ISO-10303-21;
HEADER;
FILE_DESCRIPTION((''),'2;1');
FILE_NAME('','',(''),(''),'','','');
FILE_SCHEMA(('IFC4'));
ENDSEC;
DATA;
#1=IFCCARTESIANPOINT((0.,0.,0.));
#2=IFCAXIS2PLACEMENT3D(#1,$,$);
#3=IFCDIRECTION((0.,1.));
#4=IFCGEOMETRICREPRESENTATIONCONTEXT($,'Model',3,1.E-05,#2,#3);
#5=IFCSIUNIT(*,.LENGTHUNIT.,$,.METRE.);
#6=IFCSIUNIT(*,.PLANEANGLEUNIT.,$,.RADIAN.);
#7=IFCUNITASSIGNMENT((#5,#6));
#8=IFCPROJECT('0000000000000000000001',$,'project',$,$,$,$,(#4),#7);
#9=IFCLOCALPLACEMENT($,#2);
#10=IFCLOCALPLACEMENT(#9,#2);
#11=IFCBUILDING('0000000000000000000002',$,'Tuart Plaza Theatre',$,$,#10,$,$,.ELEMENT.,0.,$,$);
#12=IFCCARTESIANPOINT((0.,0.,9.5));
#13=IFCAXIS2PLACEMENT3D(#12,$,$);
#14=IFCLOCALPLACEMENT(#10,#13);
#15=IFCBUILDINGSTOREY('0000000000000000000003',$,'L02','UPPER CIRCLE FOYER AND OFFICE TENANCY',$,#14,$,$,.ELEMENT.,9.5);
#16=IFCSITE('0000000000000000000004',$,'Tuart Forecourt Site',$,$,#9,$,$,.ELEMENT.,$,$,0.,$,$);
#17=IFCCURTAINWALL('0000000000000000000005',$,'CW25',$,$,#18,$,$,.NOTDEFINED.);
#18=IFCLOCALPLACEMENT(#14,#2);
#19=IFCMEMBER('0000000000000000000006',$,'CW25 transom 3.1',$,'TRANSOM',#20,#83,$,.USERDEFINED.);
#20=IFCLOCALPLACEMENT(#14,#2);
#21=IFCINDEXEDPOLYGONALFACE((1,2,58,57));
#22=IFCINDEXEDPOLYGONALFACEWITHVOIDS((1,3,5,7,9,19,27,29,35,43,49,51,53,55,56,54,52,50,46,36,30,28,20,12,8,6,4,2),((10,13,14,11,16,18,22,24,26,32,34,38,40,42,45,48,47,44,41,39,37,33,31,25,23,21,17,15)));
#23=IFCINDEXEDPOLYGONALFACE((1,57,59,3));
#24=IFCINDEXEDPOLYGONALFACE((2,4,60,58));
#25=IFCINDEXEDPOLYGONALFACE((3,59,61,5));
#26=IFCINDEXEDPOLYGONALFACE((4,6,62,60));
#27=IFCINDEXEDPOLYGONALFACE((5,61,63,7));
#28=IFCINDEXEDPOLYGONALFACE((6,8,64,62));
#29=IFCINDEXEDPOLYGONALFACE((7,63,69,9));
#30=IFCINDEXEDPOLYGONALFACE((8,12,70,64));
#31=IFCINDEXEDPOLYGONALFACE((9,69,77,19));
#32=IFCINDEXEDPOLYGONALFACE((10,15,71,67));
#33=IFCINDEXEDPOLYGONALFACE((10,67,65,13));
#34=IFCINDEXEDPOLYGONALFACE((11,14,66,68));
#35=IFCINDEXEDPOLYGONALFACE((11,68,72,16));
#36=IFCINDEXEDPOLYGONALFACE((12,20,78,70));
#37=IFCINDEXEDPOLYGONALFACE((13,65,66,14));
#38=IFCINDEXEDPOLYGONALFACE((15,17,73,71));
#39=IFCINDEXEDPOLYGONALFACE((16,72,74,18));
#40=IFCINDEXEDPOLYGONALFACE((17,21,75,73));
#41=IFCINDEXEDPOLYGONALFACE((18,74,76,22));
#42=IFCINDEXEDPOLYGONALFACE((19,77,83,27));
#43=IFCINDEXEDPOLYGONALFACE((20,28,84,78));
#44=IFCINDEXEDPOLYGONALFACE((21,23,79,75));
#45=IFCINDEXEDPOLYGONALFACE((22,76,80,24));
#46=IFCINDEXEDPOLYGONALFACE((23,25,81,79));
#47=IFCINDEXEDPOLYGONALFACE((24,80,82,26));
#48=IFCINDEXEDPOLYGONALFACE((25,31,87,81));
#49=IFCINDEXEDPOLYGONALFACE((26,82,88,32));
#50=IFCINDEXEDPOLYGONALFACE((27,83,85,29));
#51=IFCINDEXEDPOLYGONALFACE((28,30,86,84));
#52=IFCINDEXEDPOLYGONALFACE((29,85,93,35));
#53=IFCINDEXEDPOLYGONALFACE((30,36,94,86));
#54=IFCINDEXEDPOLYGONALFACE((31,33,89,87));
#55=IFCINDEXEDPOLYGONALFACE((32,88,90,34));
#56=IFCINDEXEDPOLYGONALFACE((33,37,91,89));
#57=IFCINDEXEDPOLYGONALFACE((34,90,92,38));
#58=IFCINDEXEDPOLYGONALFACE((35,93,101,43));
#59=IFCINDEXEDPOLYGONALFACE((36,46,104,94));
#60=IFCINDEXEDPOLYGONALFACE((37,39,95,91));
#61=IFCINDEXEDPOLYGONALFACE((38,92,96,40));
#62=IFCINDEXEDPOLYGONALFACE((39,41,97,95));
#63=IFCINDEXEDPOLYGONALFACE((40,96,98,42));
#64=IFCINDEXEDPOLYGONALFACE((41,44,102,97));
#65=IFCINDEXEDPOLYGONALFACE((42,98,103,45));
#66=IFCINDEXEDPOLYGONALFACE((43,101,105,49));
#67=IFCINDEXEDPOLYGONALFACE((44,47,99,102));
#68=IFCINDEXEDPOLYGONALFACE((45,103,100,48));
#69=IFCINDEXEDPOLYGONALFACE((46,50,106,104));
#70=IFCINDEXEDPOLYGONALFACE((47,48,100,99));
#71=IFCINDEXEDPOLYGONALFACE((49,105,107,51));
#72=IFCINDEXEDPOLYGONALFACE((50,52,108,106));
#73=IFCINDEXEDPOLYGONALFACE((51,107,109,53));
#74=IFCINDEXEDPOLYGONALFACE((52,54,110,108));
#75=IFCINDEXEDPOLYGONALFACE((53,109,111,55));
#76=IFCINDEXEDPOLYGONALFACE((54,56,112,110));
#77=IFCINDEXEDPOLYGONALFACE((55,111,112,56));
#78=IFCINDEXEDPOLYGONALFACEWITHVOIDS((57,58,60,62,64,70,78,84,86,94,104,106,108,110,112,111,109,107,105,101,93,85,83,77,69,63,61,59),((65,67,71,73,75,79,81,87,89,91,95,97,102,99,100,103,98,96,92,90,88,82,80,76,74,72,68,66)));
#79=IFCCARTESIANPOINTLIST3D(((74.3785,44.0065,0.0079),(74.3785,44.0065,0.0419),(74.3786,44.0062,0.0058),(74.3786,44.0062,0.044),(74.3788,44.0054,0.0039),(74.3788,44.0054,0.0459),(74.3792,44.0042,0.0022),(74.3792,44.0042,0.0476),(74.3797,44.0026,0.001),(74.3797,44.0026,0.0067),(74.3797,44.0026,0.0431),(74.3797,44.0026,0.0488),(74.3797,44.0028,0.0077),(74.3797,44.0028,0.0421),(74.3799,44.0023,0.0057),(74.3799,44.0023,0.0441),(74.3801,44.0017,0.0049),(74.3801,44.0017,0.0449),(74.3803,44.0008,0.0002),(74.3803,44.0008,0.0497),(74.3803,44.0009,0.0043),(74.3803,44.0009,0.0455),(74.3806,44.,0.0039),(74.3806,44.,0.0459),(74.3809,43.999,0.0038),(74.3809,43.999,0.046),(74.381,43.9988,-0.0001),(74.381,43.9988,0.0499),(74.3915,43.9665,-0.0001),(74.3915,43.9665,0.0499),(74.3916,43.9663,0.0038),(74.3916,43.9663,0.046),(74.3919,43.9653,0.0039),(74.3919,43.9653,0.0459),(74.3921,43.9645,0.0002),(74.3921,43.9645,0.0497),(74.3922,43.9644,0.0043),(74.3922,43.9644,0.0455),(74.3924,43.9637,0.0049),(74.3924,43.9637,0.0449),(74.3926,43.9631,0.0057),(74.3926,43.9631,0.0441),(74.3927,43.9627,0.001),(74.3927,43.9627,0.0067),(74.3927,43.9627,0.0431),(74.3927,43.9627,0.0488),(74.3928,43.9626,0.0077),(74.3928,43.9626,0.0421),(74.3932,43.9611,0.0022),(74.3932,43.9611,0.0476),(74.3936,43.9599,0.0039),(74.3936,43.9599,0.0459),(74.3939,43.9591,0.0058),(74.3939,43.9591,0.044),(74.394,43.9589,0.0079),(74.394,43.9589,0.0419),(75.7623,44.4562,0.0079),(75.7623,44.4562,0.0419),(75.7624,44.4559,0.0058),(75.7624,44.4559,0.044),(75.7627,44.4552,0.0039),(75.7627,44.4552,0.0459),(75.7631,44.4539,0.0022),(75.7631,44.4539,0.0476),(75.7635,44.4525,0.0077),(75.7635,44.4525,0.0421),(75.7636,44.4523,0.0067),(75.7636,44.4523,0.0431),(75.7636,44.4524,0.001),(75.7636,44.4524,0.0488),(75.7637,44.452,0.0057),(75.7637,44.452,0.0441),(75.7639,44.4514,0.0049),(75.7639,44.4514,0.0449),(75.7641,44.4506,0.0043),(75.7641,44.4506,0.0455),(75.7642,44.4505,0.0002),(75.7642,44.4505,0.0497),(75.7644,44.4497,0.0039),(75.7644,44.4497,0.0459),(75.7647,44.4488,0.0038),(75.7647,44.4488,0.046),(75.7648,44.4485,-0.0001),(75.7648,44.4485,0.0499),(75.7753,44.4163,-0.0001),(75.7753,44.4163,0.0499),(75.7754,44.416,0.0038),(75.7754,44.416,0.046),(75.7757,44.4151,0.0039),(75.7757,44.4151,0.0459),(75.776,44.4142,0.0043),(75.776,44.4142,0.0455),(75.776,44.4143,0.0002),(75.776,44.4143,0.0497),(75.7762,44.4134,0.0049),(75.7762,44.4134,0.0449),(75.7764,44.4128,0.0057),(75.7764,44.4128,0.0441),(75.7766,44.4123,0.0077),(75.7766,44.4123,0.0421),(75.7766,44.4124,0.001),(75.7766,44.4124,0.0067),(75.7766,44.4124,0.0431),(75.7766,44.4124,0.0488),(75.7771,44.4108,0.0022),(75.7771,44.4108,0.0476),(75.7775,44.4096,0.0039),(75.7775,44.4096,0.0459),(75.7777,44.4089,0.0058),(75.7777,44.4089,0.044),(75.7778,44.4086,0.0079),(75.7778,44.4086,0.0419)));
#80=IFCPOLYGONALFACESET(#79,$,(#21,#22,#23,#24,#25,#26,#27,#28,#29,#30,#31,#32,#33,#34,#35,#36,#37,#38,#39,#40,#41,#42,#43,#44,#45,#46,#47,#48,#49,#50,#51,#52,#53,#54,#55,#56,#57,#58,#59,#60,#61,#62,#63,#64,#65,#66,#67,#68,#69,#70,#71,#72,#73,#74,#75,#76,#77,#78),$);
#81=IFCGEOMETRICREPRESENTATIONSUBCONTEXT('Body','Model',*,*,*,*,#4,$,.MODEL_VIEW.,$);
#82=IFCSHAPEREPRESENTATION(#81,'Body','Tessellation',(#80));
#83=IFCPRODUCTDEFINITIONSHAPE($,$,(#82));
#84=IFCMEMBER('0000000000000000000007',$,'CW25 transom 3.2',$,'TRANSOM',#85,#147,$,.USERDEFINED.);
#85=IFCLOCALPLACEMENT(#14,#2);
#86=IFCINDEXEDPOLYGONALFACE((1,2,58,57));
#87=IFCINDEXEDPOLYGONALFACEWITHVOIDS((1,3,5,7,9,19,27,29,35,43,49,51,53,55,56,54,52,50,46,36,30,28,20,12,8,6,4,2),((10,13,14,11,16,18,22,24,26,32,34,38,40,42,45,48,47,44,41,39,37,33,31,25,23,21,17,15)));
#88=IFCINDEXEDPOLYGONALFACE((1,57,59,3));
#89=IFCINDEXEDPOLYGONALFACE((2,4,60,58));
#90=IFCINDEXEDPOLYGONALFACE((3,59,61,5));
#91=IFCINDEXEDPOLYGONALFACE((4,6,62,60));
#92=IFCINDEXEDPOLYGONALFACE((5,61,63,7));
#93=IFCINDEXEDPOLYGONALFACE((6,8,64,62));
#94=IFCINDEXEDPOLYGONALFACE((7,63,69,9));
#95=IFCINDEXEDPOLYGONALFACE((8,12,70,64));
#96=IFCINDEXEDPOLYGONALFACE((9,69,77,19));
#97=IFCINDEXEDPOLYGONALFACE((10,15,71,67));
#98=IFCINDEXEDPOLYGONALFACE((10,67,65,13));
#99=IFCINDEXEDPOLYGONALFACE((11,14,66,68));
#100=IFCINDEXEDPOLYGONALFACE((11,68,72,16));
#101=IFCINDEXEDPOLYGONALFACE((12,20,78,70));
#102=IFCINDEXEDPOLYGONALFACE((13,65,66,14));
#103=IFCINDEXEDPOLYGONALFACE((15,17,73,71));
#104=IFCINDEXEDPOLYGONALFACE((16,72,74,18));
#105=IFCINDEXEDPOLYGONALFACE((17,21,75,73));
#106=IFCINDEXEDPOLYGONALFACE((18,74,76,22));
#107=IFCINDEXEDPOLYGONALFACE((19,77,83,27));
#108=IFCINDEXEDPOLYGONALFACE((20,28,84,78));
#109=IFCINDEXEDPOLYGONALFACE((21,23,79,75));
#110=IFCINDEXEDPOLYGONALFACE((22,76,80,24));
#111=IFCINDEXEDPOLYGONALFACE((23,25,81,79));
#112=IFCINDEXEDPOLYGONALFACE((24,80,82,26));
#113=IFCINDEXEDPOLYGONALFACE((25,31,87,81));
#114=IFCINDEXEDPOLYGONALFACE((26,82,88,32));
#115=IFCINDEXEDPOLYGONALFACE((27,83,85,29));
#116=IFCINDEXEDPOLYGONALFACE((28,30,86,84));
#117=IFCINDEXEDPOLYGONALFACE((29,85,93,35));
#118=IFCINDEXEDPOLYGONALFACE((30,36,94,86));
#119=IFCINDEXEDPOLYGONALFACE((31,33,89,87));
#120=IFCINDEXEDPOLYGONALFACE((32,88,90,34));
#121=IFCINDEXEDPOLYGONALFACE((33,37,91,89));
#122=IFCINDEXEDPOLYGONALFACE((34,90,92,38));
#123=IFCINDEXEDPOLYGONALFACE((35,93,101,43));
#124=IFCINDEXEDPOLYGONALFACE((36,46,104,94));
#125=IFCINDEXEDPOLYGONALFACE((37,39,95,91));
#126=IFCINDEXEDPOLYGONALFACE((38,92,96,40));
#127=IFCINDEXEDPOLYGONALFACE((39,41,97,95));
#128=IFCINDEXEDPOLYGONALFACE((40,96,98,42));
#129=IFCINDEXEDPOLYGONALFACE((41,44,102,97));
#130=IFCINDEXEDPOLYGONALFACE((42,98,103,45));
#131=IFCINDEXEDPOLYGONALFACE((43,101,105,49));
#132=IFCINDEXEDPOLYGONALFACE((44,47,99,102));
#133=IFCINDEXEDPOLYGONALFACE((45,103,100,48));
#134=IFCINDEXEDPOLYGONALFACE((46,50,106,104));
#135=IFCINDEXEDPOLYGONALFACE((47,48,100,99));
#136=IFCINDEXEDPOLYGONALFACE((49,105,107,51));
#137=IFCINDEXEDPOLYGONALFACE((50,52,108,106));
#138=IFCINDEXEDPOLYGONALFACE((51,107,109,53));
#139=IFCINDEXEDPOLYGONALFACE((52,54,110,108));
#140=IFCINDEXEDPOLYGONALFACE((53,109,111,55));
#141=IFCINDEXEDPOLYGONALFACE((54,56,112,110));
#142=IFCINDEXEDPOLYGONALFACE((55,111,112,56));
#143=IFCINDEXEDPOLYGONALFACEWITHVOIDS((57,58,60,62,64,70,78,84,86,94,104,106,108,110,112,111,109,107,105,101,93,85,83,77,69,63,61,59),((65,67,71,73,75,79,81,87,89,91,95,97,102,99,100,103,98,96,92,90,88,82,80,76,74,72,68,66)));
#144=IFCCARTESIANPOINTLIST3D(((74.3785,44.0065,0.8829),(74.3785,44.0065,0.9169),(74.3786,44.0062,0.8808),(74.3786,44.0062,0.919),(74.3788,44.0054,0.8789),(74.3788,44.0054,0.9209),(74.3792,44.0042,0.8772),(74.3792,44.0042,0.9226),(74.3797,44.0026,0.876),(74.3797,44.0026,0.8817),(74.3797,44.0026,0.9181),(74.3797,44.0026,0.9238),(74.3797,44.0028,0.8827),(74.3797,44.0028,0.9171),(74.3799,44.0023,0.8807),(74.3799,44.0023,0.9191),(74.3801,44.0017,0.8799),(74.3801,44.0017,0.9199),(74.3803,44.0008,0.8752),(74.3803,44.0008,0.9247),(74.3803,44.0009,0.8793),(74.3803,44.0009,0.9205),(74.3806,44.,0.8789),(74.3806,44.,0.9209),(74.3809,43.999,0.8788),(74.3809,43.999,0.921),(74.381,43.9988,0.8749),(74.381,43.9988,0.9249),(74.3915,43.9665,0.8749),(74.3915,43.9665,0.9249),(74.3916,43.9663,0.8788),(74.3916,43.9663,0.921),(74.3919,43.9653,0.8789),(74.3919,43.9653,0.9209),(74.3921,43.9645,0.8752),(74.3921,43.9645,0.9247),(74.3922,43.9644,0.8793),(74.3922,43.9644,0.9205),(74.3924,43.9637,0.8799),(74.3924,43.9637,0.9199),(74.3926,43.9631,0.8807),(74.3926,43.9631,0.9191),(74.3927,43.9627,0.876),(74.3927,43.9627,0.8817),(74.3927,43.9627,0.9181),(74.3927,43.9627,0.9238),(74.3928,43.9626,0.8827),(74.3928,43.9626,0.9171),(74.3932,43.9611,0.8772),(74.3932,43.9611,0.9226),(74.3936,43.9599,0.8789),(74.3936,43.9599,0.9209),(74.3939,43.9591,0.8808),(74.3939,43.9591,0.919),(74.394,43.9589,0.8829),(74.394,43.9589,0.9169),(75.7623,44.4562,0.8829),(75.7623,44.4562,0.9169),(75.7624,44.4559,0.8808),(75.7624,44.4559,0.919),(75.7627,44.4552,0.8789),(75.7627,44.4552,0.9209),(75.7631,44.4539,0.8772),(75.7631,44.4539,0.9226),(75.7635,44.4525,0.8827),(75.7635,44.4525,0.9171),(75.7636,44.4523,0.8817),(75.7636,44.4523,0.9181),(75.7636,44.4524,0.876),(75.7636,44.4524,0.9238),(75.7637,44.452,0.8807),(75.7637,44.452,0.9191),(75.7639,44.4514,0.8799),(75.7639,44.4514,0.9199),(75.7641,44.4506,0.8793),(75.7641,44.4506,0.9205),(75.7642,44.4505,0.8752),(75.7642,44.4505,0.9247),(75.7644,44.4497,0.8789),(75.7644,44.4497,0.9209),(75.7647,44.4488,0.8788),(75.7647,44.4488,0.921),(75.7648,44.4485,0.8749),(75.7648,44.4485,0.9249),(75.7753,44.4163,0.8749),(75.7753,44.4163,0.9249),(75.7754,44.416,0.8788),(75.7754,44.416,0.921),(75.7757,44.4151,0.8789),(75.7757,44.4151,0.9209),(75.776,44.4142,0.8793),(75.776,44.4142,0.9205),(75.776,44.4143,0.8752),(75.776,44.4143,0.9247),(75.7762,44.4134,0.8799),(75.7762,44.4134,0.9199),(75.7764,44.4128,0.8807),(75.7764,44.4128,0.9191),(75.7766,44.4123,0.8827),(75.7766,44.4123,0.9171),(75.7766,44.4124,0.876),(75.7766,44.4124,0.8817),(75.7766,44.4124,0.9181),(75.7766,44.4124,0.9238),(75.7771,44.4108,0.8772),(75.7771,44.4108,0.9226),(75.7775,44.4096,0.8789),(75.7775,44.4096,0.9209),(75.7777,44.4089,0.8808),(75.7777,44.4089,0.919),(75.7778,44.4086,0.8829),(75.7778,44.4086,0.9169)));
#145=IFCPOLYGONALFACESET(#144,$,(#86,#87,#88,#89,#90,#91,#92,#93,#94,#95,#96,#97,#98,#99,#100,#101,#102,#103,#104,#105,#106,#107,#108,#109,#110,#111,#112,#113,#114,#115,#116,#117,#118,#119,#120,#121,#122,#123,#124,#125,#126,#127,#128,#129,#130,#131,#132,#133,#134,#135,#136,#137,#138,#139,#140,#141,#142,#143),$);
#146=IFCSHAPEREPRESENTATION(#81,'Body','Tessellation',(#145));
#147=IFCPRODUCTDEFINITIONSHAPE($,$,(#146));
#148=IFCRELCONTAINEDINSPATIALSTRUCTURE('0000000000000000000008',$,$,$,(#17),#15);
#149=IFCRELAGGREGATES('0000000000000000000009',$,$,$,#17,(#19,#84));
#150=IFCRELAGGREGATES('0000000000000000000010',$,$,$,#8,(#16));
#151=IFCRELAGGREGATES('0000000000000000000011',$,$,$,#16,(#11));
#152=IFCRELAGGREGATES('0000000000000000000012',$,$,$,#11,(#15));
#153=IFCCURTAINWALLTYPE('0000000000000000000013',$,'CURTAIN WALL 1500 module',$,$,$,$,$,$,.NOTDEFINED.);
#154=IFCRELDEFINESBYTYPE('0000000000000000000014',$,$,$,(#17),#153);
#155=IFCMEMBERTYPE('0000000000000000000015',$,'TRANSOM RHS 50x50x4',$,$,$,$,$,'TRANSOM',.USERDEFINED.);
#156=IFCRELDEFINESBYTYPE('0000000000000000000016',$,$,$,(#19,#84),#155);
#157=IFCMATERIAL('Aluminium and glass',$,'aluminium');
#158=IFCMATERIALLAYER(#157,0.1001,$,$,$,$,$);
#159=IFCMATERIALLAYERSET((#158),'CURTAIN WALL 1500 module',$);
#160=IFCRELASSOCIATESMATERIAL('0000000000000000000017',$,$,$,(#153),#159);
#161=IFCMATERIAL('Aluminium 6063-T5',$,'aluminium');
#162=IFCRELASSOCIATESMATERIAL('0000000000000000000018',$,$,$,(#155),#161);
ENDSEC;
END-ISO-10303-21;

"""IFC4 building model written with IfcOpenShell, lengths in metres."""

from ifc_helpers import new_model, si_unit, direction, frame, origin, origin_2d, place, context, subcontext, project, spatial, hollow_rectangle, extrude, material, layer, layer_set, material_profile, profile_set, type_object, element, aggregate, save


model = new_model("IFC4")

# Units and contexts
model_context = context("Model", 3, precision=1e-05, world=origin(), true_north=direction((0.0, 1.0)))
body_context = subcontext(model_context, "Body", "Model", "MODEL_VIEW")
ifc_project = project(units=[si_unit("LENGTHUNIT", "METRE"), si_unit("PLANEANGLEUNIT", "RADIAN")], contexts=[model_context])

# Site, building, storey
site_placement = place(None, origin())
site = spatial("IfcSite", under=ifc_project, at=site_placement, Name="Tuart Forecourt Site", CompositionType="ELEMENT", RefElevation=0.0)
building_placement = place(site_placement, origin())
building = spatial("IfcBuilding", under=site, at=building_placement, Name="Tuart Plaza Theatre", CompositionType="ELEMENT", ElevationOfRefHeight=0.0)
storey_placement = place(building_placement, frame((0.0, 0.0, 9.5)))
storey = spatial("IfcBuildingStorey", under=building, at=storey_placement, Name="L02", Description="UPPER CIRCLE FOYER AND OFFICE TENANCY", CompositionType="ELEMENT", Elevation=9.5)

# Curtain wall, members
ifc_material_1 = material(Name="Aluminium and glass", Category="aluminium")
ifc_layer_1 = layer(ifc_material_1, 0.1001)
ifc_layer_set_1 = layer_set([ifc_layer_1], Name="CURTAIN WALL 1500 module")
curtain_wall_type = type_object("IfcCurtainWallType", Name="CURTAIN WALL 1500 module", PredefinedType="NOTDEFINED", material=ifc_layer_set_1)
curtain_wall_placement = place(storey_placement, origin())
curtain_wall = element("IfcCurtainWall", 1, at=curtain_wall_placement, inside=storey, type_object=curtain_wall_type, Name="CW25", PredefinedType="NOTDEFINED")
ifc_material_2 = material(Name="Aluminium 6063-T5", Category="aluminium")
ifc_material_profile_1 = material_profile(ifc_material_2, hollow_rectangle(XDim=0.05, YDim=0.05, WallThickness=0.0039, InnerFilletRadius=0.0039, OuterFilletRadius=0.0081, at=origin_2d()), Name="RHS 50x50x4")
ifc_profile_set_1 = profile_set([ifc_material_profile_1], Name="Aluminium 6063-T5")
member_type_1 = type_object("IfcMemberType", Name="TRANSOM RHS 50x50x4", ElementType="TRANSOM", PredefinedType="USERDEFINED", material=ifc_profile_set_1)
member_1_placement = place(storey_placement, frame((74.3862, 43.9827, 0.0249), z_axis=(0.951039, 0.309071, 0.0), x_axis=(-0.309071, 0.951039, 0.0)))
member_1 = element("IfcMember", 2, at=member_1_placement, type_object=member_type_1, Name="CW25 transom 3.1", ObjectType="TRANSOM", PredefinedType="USERDEFINED", context=body_context, shape_type="SweptSolid", body=[
    extrude(hollow_rectangle(XDim=0.05, YDim=0.05, WallThickness=0.0039, InnerFilletRadius=0.0039, OuterFilletRadius=0.0081, at=origin_2d()), origin(), (0.0, 0.0, 1.0), 1.4551),
])
member_2_placement = place(storey_placement, frame((74.3862, 43.9827, 0.8999), z_axis=(0.951039, 0.309071, 0.0), x_axis=(-0.309071, 0.951039, 0.0)))
member_2 = element("IfcMember", 3, at=member_2_placement, type_object=member_type_1, Name="CW25 transom 3.2", ObjectType="TRANSOM", PredefinedType="USERDEFINED", context=body_context, shape_type="SweptSolid", body=[
    extrude(hollow_rectangle(XDim=0.05, YDim=0.05, WallThickness=0.0039, InnerFilletRadius=0.0039, OuterFilletRadius=0.0081, at=origin_2d()), origin(), (0.0, 0.0, 1.0), 1.4551),
])
aggregate(curtain_wall, [member_1, member_2])

save(model, "model.ifc")
